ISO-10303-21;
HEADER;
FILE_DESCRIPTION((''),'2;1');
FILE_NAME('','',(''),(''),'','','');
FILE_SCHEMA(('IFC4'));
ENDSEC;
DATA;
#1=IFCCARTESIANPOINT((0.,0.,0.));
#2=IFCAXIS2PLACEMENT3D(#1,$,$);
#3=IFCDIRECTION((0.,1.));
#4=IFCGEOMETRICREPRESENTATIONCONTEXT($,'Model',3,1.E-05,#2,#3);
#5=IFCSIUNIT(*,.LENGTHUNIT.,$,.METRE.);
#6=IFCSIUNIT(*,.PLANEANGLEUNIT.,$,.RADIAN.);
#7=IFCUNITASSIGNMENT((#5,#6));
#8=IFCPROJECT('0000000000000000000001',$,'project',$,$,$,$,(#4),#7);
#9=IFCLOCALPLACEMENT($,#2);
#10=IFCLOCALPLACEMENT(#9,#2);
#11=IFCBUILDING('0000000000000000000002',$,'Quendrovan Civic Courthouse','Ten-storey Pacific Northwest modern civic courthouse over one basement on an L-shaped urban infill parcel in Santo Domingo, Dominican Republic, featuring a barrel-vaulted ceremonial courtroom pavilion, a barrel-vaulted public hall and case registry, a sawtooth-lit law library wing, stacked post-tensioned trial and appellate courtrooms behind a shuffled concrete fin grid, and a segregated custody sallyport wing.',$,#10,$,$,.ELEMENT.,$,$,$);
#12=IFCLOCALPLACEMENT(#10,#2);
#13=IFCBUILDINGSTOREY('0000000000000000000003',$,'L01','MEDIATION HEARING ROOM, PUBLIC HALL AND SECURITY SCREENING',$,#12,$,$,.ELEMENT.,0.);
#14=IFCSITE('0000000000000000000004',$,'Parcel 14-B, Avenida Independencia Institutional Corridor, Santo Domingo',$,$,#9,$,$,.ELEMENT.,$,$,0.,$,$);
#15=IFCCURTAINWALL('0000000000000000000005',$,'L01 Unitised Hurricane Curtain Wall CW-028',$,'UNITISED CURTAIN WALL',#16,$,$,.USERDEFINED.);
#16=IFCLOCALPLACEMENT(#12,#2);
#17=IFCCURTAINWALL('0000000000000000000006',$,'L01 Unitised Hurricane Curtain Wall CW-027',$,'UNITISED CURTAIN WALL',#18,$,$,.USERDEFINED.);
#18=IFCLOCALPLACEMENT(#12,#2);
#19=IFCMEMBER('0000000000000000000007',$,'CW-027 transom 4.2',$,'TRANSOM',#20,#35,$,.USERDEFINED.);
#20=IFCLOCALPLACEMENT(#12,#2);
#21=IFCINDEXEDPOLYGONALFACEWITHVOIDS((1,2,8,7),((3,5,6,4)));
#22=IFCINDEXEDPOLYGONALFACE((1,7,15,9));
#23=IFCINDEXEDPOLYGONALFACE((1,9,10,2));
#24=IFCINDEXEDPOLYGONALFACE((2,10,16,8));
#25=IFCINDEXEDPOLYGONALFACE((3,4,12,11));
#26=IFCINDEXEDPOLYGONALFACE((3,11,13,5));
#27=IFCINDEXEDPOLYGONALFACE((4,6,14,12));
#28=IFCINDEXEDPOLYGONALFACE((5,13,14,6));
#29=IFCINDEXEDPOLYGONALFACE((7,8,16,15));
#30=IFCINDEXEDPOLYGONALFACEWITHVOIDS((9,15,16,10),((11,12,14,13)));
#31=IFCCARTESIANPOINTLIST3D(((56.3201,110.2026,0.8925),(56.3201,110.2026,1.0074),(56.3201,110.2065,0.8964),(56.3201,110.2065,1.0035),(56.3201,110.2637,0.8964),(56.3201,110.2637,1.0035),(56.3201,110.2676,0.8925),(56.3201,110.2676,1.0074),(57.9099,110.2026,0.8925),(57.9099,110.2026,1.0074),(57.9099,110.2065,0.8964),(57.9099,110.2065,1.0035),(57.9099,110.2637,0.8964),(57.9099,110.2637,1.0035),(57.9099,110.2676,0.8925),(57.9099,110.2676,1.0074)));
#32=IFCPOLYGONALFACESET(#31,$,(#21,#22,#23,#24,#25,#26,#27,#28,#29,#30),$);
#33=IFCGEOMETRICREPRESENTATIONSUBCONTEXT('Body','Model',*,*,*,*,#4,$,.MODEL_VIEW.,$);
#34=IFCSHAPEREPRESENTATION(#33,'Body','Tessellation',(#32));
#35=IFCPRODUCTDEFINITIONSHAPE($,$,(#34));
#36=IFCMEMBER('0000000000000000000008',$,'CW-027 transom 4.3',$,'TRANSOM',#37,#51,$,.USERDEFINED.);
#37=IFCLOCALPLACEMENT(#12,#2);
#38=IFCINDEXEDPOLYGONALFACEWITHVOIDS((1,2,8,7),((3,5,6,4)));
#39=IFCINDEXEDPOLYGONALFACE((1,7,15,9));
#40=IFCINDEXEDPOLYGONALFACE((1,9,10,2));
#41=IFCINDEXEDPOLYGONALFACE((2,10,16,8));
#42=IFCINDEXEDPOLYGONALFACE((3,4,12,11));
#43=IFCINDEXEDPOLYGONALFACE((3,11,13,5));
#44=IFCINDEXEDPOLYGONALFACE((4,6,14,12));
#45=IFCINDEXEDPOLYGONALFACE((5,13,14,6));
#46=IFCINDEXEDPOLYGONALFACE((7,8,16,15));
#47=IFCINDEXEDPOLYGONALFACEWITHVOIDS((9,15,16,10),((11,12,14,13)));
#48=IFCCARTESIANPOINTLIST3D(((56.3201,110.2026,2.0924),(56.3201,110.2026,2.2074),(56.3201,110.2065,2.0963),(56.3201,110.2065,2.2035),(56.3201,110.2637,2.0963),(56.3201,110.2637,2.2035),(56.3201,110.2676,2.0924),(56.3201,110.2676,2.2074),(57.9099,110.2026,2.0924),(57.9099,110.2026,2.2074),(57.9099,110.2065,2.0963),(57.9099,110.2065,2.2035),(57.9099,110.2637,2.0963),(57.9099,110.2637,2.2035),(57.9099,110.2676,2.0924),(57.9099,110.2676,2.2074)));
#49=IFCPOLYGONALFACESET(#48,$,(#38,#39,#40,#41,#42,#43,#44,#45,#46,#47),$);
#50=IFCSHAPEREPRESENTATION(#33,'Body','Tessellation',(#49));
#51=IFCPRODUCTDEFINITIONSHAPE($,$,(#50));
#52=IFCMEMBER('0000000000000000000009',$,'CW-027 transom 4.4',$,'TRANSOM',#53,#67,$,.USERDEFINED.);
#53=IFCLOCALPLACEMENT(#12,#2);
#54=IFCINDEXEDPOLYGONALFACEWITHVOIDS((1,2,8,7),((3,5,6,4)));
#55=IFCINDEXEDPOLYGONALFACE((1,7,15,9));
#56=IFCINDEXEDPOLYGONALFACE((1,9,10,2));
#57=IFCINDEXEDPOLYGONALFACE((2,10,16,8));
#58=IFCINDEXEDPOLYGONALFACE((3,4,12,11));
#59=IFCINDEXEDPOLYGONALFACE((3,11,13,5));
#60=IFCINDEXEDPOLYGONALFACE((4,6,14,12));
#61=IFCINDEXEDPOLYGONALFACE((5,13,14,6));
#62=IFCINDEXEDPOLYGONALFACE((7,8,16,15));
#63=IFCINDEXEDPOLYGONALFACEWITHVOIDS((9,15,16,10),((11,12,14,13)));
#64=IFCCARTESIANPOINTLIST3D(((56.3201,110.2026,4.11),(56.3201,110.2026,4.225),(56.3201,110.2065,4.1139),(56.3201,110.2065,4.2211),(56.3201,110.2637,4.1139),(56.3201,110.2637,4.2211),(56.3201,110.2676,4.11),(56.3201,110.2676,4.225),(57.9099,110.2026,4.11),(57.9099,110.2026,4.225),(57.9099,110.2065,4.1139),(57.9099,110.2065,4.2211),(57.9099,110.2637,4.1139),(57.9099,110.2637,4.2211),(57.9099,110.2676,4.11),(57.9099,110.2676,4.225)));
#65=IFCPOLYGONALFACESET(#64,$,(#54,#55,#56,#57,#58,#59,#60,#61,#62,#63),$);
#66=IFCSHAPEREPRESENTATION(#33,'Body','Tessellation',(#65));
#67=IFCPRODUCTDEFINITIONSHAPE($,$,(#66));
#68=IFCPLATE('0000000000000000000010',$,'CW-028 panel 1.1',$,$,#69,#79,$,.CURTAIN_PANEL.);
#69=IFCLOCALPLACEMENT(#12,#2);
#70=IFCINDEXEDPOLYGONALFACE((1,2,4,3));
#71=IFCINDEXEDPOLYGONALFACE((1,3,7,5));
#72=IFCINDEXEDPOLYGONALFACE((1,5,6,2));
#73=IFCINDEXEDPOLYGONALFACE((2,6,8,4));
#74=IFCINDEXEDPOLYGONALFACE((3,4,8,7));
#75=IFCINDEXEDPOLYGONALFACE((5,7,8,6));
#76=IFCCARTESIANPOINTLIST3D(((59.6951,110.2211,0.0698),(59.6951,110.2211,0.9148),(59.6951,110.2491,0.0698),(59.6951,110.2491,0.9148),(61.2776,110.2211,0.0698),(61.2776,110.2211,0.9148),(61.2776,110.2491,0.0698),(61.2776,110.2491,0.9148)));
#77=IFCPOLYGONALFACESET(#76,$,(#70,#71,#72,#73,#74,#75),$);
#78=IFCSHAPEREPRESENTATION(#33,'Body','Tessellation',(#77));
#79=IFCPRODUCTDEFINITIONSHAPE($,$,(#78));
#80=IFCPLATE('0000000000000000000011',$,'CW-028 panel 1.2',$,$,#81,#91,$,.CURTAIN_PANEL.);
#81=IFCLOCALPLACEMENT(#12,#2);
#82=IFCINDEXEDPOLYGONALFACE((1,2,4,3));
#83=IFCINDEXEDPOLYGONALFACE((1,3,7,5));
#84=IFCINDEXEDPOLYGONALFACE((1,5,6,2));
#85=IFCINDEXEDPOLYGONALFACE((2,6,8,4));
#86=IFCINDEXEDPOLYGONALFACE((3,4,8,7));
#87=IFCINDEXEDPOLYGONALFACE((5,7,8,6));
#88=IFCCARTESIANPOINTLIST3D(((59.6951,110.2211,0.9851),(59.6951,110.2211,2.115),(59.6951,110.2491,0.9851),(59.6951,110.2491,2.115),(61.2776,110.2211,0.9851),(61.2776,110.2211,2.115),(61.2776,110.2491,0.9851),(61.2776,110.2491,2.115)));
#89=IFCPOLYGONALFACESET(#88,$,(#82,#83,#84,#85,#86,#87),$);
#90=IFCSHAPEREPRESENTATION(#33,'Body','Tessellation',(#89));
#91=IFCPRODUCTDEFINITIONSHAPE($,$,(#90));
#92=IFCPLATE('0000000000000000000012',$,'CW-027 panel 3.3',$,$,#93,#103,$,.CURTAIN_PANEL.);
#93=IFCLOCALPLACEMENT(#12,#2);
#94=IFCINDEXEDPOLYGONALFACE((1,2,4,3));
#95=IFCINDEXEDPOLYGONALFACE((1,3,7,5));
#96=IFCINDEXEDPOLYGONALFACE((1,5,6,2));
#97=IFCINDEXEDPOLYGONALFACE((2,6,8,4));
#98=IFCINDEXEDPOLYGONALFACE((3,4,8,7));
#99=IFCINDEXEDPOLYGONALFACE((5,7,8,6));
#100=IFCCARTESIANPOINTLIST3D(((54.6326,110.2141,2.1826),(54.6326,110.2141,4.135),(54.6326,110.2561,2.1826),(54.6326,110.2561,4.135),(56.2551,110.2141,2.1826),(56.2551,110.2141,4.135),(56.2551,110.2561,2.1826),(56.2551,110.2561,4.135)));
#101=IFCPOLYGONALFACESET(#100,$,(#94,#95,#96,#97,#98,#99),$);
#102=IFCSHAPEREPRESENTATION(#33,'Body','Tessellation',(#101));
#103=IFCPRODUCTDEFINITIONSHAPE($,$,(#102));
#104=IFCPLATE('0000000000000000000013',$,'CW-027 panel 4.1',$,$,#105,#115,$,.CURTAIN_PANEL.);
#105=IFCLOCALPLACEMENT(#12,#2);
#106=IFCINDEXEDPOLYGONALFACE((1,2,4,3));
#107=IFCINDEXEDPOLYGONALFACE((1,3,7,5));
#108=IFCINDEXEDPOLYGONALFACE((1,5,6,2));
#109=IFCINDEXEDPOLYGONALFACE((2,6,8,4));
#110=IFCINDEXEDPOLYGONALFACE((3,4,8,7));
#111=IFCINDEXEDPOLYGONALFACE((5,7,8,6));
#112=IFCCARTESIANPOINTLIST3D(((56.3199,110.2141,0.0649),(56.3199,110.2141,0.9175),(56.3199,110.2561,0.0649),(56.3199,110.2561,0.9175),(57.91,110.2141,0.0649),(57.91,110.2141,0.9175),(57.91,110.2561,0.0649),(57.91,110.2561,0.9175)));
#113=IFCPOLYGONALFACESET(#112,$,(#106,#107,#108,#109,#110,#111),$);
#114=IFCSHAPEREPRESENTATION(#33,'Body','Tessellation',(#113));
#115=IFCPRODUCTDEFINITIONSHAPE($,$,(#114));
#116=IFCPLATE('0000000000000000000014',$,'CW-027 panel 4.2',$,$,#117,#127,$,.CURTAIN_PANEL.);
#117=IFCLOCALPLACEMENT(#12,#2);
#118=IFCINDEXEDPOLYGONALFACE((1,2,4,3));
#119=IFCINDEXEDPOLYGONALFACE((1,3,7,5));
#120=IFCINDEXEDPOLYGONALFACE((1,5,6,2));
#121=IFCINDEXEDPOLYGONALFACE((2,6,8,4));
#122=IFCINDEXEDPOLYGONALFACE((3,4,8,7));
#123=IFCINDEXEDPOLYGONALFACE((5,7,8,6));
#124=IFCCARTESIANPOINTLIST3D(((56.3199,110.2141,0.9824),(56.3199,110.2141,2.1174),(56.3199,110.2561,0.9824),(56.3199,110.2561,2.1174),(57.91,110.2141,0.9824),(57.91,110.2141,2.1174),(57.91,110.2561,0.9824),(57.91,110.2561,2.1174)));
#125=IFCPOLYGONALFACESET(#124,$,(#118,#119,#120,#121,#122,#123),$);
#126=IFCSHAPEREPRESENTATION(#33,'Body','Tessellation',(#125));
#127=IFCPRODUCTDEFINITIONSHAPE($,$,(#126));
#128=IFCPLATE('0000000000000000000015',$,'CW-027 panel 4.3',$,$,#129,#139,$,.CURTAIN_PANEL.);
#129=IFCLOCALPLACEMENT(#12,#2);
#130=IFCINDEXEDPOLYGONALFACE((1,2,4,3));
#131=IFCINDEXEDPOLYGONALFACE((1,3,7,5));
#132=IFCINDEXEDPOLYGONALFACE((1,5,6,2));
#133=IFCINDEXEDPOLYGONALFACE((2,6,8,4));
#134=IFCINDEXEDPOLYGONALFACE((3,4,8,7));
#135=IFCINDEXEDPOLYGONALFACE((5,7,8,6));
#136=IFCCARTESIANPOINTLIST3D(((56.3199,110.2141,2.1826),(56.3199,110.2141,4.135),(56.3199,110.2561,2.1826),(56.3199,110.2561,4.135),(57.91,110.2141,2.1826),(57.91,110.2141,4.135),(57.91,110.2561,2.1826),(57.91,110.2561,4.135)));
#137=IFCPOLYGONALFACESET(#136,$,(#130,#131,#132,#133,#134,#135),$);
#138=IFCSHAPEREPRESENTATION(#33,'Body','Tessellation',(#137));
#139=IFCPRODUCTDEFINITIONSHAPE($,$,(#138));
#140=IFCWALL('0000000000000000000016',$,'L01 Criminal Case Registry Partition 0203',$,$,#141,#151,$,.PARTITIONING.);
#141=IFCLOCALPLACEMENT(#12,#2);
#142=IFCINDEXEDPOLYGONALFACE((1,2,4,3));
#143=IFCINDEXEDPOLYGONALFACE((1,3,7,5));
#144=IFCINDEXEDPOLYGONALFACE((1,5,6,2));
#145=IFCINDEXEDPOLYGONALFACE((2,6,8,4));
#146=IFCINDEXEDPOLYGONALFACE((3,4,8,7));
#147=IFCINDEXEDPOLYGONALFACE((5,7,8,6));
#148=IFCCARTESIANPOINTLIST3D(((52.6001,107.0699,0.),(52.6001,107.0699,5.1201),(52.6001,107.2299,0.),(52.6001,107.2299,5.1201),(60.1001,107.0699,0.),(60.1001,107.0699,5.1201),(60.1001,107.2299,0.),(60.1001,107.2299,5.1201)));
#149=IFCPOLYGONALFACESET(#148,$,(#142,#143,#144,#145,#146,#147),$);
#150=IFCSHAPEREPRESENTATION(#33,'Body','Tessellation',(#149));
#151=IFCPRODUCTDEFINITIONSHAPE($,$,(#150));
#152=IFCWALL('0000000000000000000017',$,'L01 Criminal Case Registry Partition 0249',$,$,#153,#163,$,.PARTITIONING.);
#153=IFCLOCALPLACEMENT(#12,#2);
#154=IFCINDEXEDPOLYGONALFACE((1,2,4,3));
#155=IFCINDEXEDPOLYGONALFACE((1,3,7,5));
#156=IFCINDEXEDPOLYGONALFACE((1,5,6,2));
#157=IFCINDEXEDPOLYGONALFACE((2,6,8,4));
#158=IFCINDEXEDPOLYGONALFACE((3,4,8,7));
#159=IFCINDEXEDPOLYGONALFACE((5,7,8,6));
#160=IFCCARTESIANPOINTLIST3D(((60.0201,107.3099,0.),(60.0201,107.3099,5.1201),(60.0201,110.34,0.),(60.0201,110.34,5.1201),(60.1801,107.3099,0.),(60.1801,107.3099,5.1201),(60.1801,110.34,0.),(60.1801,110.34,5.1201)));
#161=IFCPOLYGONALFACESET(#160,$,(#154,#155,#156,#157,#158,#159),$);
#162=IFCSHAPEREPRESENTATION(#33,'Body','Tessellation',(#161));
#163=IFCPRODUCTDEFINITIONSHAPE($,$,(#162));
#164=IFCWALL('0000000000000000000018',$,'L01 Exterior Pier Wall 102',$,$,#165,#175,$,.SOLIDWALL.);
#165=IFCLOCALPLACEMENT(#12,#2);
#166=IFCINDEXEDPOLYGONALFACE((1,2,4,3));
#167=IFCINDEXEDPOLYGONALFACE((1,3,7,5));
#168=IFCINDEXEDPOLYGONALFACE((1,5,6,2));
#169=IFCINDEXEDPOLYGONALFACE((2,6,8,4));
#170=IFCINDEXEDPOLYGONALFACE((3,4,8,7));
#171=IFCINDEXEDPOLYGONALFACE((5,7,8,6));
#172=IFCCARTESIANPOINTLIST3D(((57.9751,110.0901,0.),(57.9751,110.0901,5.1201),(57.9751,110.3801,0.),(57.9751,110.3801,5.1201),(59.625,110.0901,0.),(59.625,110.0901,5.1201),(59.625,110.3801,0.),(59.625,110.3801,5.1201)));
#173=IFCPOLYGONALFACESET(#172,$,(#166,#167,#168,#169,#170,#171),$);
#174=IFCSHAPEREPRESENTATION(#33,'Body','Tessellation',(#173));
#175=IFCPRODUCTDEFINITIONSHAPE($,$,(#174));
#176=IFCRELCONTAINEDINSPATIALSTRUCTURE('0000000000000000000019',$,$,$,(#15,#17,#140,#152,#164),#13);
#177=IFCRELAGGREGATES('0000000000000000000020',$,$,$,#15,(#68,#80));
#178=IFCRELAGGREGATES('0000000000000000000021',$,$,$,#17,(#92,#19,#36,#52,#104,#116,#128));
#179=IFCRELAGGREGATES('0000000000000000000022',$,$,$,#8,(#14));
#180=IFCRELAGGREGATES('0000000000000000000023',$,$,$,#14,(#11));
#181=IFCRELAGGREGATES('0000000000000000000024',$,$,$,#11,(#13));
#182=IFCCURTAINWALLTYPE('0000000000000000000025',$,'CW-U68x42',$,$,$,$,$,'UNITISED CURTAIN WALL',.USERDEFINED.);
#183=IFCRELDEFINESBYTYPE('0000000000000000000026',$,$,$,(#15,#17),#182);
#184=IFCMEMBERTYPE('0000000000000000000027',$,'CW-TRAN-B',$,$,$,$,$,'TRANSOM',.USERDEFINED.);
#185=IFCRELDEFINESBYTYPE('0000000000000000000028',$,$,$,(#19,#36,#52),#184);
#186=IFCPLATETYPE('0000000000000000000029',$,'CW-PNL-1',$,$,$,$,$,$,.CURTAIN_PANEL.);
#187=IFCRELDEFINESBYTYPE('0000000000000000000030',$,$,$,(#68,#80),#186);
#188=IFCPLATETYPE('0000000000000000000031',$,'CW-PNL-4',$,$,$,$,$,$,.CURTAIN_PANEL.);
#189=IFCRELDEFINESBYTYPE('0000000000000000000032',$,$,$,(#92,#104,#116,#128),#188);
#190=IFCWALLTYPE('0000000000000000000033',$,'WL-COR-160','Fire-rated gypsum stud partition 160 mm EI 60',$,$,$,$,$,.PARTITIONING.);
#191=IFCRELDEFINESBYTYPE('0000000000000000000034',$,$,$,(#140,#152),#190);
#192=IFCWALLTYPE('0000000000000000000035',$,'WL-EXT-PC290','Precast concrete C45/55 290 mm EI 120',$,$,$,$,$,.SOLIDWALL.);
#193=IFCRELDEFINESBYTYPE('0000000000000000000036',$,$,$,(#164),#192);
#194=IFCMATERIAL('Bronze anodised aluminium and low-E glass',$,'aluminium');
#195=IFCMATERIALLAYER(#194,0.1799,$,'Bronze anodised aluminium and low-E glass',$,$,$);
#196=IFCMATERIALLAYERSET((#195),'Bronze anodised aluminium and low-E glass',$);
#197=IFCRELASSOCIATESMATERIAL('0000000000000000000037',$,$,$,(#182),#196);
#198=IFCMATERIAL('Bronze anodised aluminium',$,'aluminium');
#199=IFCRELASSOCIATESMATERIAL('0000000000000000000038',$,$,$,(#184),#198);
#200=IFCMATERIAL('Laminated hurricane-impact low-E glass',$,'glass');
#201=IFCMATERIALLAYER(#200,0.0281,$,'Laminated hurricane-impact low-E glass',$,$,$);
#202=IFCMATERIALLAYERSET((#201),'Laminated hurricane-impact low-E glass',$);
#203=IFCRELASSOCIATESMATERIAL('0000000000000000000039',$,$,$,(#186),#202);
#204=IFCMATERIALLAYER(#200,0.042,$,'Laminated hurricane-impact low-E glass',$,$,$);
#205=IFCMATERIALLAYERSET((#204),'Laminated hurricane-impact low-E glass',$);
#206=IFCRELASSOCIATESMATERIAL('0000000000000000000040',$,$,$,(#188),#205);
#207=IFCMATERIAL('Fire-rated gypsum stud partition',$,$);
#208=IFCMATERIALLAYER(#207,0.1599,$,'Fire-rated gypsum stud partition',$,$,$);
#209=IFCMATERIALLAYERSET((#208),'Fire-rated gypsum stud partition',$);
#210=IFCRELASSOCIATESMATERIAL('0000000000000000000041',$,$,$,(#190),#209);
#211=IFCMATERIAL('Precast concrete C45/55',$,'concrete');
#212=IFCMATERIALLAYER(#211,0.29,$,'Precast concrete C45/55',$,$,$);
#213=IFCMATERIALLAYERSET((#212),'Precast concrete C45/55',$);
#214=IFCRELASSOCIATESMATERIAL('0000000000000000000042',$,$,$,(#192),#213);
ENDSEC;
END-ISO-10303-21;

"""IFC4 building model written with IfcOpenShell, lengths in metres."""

from ifc_helpers import new_model, si_unit, direction, frame, frame_2d, origin, origin_2d, place, context, subcontext, project, spatial, rectangle, hollow_rectangle, extrude, material, layer, layer_set, material_profile, profile_set, type_object, element, aggregate, save


model = new_model("IFC4")

# Units and contexts
model_context = context("Model", 3, precision=1e-05, world=origin(), true_north=direction((0.0, 1.0)))
body_context = subcontext(model_context, "Body", "Model", "MODEL_VIEW")
ifc_project = project(units=[si_unit("LENGTHUNIT", "METRE"), si_unit("PLANEANGLEUNIT", "RADIAN")], contexts=[model_context])

# Site, building, storey
site_placement = place(None, origin())
site = spatial("IfcSite", under=ifc_project, at=site_placement, Name="Parcel 14-B, Avenida Independencia Institutional Corridor, Santo Domingo", CompositionType="ELEMENT", RefElevation=0.0)
building_placement = place(site_placement, origin())
building = spatial("IfcBuilding", under=site, at=building_placement, Name="Quendrovan Civic Courthouse", Description="Ten-storey Pacific Northwest modern civic courthouse over one basement on an L-shaped urban infill parcel in Santo Domingo, Dominican Republic, featuring a barrel-vaulted ceremonial courtroom pavilion, a barrel-vaulted public hall and case registry, a sawtooth-lit law library wing, stacked post-tensioned trial and appellate courtrooms behind a shuffled concrete fin grid, and a segregated custody sallyport wing.", CompositionType="ELEMENT")
storey_placement = place(building_placement, origin())
storey = spatial("IfcBuildingStorey", under=building, at=storey_placement, Name="L01", Description="MEDIATION HEARING ROOM, PUBLIC HALL AND SECURITY SCREENING", CompositionType="ELEMENT", Elevation=0.0)

# Curtain wall
ifc_material_1 = material(Name="Bronze anodised aluminium and low-E glass", Category="aluminium")
ifc_layer_1 = layer(ifc_material_1, 0.1799, Name="Bronze anodised aluminium and low-E glass")
ifc_layer_set_1 = layer_set([ifc_layer_1], Name="Bronze anodised aluminium and low-E glass")
curtain_wall_type = type_object("IfcCurtainWallType", Name="CW-U68x42", ElementType="UNITISED CURTAIN WALL", PredefinedType="USERDEFINED", material=ifc_layer_set_1)
curtain_wall_1_placement = place(storey_placement, origin())
curtain_wall_1 = element("IfcCurtainWall", 1, at=curtain_wall_1_placement, inside=storey, type_object=curtain_wall_type, Name="L01 Unitised Hurricane Curtain Wall CW-028", ObjectType="UNITISED CURTAIN WALL", PredefinedType="USERDEFINED")
ifc_material_2 = material(Name="Bronze anodised aluminium", Category="aluminium")

# Curtain wall
curtain_wall_2_placement = place(storey_placement, origin())
curtain_wall_2 = element("IfcCurtainWall", 2, at=curtain_wall_2_placement, inside=storey, type_object=curtain_wall_type, Name="L01 Unitised Hurricane Curtain Wall CW-027", ObjectType="UNITISED CURTAIN WALL", PredefinedType="USERDEFINED")

# Members
ifc_material_profile_1 = material_profile(ifc_material_2, hollow_rectangle(XDim=0.0649, YDim=0.115, WallThickness=0.0039, at=origin_2d()), Name="CW-TRAN-65x115")
ifc_profile_set_1 = profile_set([ifc_material_profile_1], Name="Bronze anodised aluminium")
member_type_1 = type_object("IfcMemberType", Name="CW-TRAN-B", ElementType="TRANSOM", PredefinedType="USERDEFINED", material=ifc_profile_set_1)
member_1_placement = place(storey_placement, frame((56.3201, 110.2351, 0.95), z_axis=(1.0, 0.0, 0.0), x_axis=(0.0, 1.0, 0.0)))
member_1 = element("IfcMember", 3, at=member_1_placement, type_object=member_type_1, Name="CW-027 transom 4.2", ObjectType="TRANSOM", PredefinedType="USERDEFINED", context=body_context, shape_type="SweptSolid", body=[
    extrude(hollow_rectangle(XDim=0.0649, YDim=0.115, WallThickness=0.0039, at=origin_2d()), origin(), (0.0, 0.0, 1.0), 1.5898),
])
member_2_placement = place(storey_placement, frame((56.3201, 110.2351, 2.1499), z_axis=(1.0, 0.0, 0.0), x_axis=(0.0, 1.0, 0.0)))
member_2 = element("IfcMember", 4, at=member_2_placement, type_object=member_type_1, Name="CW-027 transom 4.3", ObjectType="TRANSOM", PredefinedType="USERDEFINED", context=body_context, shape_type="SweptSolid", body=[
    extrude(hollow_rectangle(XDim=0.0649, YDim=0.115, WallThickness=0.0039, at=origin_2d()), origin(), (0.0, 0.0, 1.0), 1.5898),
])
member_3_placement = place(storey_placement, frame((56.3201, 110.2351, 4.1675), z_axis=(1.0, 0.0, 0.0), x_axis=(0.0, 1.0, 0.0)))
member_3 = element("IfcMember", 5, at=member_3_placement, type_object=member_type_1, Name="CW-027 transom 4.4", ObjectType="TRANSOM", PredefinedType="USERDEFINED", context=body_context, shape_type="SweptSolid", body=[
    extrude(hollow_rectangle(XDim=0.0649, YDim=0.115, WallThickness=0.0039, at=origin_2d()), origin(), (0.0, 0.0, 1.0), 1.5898),
])

# Plates
ifc_material_3 = material(Name="Laminated hurricane-impact low-E glass", Category="glass")
ifc_layer_2 = layer(ifc_material_3, 0.0281, Name="Laminated hurricane-impact low-E glass")
ifc_layer_set_2 = layer_set([ifc_layer_2], Name="Laminated hurricane-impact low-E glass")
plate_type_1 = type_object("IfcPlateType", Name="CW-PNL-1", PredefinedType="CURTAIN_PANEL", material=ifc_layer_set_2)
plate_1_placement = place(storey_placement, frame((60.4863, 110.2351, 0.0698), z_axis=(0.0, 0.0, 1.0), x_axis=(1.0, 0.0, 0.0)))
plate_1 = element("IfcPlate", 6, at=plate_1_placement, type_object=plate_type_1, Name="CW-028 panel 1.1", PredefinedType="CURTAIN_PANEL", context=body_context, shape_type="SweptSolid", body=[
    extrude(rectangle(XDim=1.5825, YDim=0.0281, at=origin_2d()), origin(), (0.0, 0.0, 1.0), 0.845),
])
plate_2_placement = place(storey_placement, frame((60.4863, 110.2351, 0.9851), z_axis=(0.0, 0.0, 1.0), x_axis=(1.0, 0.0, 0.0)))
plate_2 = element("IfcPlate", 7, at=plate_2_placement, type_object=plate_type_1, Name="CW-028 panel 1.2", PredefinedType="CURTAIN_PANEL", context=body_context, shape_type="SweptSolid", body=[
    extrude(rectangle(XDim=1.5825, YDim=0.0281, at=origin_2d()), origin(), (0.0, 0.0, 1.0), 1.1299),
])
aggregate(curtain_wall_1, [plate_1, plate_2])
ifc_layer_3 = layer(ifc_material_3, 0.042, Name="Laminated hurricane-impact low-E glass")
ifc_layer_set_3 = layer_set([ifc_layer_3], Name="Laminated hurricane-impact low-E glass")
plate_type_2 = type_object("IfcPlateType", Name="CW-PNL-4", PredefinedType="CURTAIN_PANEL", material=ifc_layer_set_3)
plate_3_placement = place(storey_placement, frame((55.4438, 110.2351, 2.1826), z_axis=(0.0, 0.0, 1.0), x_axis=(1.0, 0.0, 0.0)))
plate_3 = element("IfcPlate", 8, at=plate_3_placement, type_object=plate_type_2, Name="CW-027 panel 3.3", PredefinedType="CURTAIN_PANEL", context=body_context, shape_type="SweptSolid", body=[
    extrude(rectangle(XDim=1.6226, YDim=0.042, at=origin_2d()), origin(), (0.0, 0.0, 1.0), 1.9524),
])
plate_4_placement = place(storey_placement, frame((57.115, 110.2351, 0.0649), z_axis=(0.0, 0.0, 1.0), x_axis=(1.0, 0.0, 0.0)))
plate_4 = element("IfcPlate", 9, at=plate_4_placement, type_object=plate_type_2, Name="CW-027 panel 4.1", PredefinedType="CURTAIN_PANEL", context=body_context, shape_type="SweptSolid", body=[
    extrude(rectangle(XDim=1.5901, YDim=0.042, at=origin_2d()), origin(), (0.0, 0.0, 1.0), 0.8525),
])
plate_5_placement = place(storey_placement, frame((57.115, 110.2351, 0.9824), z_axis=(0.0, 0.0, 1.0), x_axis=(1.0, 0.0, 0.0)))
plate_5 = element("IfcPlate", 10, at=plate_5_placement, type_object=plate_type_2, Name="CW-027 panel 4.2", PredefinedType="CURTAIN_PANEL", context=body_context, shape_type="SweptSolid", body=[
    extrude(rectangle(XDim=1.5901, YDim=0.042, at=origin_2d()), origin(), (0.0, 0.0, 1.0), 1.135),
])
plate_6_placement = place(storey_placement, frame((57.115, 110.2351, 2.1826), z_axis=(0.0, 0.0, 1.0), x_axis=(1.0, 0.0, 0.0)))
plate_6 = element("IfcPlate", 11, at=plate_6_placement, type_object=plate_type_2, Name="CW-027 panel 4.3", PredefinedType="CURTAIN_PANEL", context=body_context, shape_type="SweptSolid", body=[
    extrude(rectangle(XDim=1.5901, YDim=0.042, at=origin_2d()), origin(), (0.0, 0.0, 1.0), 1.9524),
])
aggregate(curtain_wall_2, [plate_3, member_1, member_2, member_3, plate_4, plate_5, plate_6])

# Walls
ifc_material_4 = material(Name="Fire-rated gypsum stud partition")
ifc_layer_4 = layer(ifc_material_4, 0.1599, Name="Fire-rated gypsum stud partition")
ifc_layer_set_4 = layer_set([ifc_layer_4], Name="Fire-rated gypsum stud partition")
wall_type_1 = type_object("IfcWallType", Name="WL-COR-160", Description="Fire-rated gypsum stud partition 160 mm EI 60", PredefinedType="PARTITIONING", material=ifc_layer_set_4)
wall_1_placement = place(storey_placement, frame((60.1001, 107.1499, 0.0), z_axis=(0.0, 0.0, 1.0), x_axis=(-1.0, 0.0, 0.0)))
element("IfcWall", 12, at=wall_1_placement, inside=storey, type_object=wall_type_1, Name="L01 Criminal Case Registry Partition 0203", PredefinedType="PARTITIONING", context=body_context, shape_type="SweptSolid", body=[
    extrude(rectangle(XDim=7.5, YDim=0.1599, at=frame_2d((3.75, 0.0))), origin(), (0.0, 0.0, 1.0), 5.1201),
])
wall_2_placement = place(storey_placement, frame((60.1001, 110.3401, 0.0), z_axis=(0.0, 0.0, 1.0), x_axis=(0.0, -1.0, 0.0)))
element("IfcWall", 13, at=wall_2_placement, inside=storey, type_object=wall_type_1, Name="L01 Criminal Case Registry Partition 0249", PredefinedType="PARTITIONING", context=body_context, shape_type="SweptSolid", body=[
    extrude(rectangle(XDim=3.03, YDim=0.1599, at=frame_2d((1.5151, 0.0))), origin(), (0.0, 0.0, 1.0), 5.1201),
])
ifc_material_5 = material(Name="Precast concrete C45/55", Category="concrete")
ifc_layer_5 = layer(ifc_material_5, 0.29, Name="Precast concrete C45/55")
ifc_layer_set_5 = layer_set([ifc_layer_5], Name="Precast concrete C45/55")
wall_type_2 = type_object("IfcWallType", Name="WL-EXT-PC290", Description="Precast concrete C45/55 290 mm EI 120", PredefinedType="SOLIDWALL", material=ifc_layer_set_5)
wall_3_placement = place(storey_placement, frame((57.9751, 110.2351, 0.0), z_axis=(0.0, 0.0, 1.0), x_axis=(1.0, 0.0, 0.0)))
element("IfcWall", 14, at=wall_3_placement, inside=storey, type_object=wall_type_2, Name="L01 Exterior Pier Wall 102", PredefinedType="SOLIDWALL", context=body_context, shape_type="SweptSolid", body=[
    extrude(rectangle(XDim=1.6499, YDim=0.29, at=frame_2d((0.825, 0.0))), origin(), (0.0, 0.0, 1.0), 5.1201),
])

save(model, "model.ifc")
